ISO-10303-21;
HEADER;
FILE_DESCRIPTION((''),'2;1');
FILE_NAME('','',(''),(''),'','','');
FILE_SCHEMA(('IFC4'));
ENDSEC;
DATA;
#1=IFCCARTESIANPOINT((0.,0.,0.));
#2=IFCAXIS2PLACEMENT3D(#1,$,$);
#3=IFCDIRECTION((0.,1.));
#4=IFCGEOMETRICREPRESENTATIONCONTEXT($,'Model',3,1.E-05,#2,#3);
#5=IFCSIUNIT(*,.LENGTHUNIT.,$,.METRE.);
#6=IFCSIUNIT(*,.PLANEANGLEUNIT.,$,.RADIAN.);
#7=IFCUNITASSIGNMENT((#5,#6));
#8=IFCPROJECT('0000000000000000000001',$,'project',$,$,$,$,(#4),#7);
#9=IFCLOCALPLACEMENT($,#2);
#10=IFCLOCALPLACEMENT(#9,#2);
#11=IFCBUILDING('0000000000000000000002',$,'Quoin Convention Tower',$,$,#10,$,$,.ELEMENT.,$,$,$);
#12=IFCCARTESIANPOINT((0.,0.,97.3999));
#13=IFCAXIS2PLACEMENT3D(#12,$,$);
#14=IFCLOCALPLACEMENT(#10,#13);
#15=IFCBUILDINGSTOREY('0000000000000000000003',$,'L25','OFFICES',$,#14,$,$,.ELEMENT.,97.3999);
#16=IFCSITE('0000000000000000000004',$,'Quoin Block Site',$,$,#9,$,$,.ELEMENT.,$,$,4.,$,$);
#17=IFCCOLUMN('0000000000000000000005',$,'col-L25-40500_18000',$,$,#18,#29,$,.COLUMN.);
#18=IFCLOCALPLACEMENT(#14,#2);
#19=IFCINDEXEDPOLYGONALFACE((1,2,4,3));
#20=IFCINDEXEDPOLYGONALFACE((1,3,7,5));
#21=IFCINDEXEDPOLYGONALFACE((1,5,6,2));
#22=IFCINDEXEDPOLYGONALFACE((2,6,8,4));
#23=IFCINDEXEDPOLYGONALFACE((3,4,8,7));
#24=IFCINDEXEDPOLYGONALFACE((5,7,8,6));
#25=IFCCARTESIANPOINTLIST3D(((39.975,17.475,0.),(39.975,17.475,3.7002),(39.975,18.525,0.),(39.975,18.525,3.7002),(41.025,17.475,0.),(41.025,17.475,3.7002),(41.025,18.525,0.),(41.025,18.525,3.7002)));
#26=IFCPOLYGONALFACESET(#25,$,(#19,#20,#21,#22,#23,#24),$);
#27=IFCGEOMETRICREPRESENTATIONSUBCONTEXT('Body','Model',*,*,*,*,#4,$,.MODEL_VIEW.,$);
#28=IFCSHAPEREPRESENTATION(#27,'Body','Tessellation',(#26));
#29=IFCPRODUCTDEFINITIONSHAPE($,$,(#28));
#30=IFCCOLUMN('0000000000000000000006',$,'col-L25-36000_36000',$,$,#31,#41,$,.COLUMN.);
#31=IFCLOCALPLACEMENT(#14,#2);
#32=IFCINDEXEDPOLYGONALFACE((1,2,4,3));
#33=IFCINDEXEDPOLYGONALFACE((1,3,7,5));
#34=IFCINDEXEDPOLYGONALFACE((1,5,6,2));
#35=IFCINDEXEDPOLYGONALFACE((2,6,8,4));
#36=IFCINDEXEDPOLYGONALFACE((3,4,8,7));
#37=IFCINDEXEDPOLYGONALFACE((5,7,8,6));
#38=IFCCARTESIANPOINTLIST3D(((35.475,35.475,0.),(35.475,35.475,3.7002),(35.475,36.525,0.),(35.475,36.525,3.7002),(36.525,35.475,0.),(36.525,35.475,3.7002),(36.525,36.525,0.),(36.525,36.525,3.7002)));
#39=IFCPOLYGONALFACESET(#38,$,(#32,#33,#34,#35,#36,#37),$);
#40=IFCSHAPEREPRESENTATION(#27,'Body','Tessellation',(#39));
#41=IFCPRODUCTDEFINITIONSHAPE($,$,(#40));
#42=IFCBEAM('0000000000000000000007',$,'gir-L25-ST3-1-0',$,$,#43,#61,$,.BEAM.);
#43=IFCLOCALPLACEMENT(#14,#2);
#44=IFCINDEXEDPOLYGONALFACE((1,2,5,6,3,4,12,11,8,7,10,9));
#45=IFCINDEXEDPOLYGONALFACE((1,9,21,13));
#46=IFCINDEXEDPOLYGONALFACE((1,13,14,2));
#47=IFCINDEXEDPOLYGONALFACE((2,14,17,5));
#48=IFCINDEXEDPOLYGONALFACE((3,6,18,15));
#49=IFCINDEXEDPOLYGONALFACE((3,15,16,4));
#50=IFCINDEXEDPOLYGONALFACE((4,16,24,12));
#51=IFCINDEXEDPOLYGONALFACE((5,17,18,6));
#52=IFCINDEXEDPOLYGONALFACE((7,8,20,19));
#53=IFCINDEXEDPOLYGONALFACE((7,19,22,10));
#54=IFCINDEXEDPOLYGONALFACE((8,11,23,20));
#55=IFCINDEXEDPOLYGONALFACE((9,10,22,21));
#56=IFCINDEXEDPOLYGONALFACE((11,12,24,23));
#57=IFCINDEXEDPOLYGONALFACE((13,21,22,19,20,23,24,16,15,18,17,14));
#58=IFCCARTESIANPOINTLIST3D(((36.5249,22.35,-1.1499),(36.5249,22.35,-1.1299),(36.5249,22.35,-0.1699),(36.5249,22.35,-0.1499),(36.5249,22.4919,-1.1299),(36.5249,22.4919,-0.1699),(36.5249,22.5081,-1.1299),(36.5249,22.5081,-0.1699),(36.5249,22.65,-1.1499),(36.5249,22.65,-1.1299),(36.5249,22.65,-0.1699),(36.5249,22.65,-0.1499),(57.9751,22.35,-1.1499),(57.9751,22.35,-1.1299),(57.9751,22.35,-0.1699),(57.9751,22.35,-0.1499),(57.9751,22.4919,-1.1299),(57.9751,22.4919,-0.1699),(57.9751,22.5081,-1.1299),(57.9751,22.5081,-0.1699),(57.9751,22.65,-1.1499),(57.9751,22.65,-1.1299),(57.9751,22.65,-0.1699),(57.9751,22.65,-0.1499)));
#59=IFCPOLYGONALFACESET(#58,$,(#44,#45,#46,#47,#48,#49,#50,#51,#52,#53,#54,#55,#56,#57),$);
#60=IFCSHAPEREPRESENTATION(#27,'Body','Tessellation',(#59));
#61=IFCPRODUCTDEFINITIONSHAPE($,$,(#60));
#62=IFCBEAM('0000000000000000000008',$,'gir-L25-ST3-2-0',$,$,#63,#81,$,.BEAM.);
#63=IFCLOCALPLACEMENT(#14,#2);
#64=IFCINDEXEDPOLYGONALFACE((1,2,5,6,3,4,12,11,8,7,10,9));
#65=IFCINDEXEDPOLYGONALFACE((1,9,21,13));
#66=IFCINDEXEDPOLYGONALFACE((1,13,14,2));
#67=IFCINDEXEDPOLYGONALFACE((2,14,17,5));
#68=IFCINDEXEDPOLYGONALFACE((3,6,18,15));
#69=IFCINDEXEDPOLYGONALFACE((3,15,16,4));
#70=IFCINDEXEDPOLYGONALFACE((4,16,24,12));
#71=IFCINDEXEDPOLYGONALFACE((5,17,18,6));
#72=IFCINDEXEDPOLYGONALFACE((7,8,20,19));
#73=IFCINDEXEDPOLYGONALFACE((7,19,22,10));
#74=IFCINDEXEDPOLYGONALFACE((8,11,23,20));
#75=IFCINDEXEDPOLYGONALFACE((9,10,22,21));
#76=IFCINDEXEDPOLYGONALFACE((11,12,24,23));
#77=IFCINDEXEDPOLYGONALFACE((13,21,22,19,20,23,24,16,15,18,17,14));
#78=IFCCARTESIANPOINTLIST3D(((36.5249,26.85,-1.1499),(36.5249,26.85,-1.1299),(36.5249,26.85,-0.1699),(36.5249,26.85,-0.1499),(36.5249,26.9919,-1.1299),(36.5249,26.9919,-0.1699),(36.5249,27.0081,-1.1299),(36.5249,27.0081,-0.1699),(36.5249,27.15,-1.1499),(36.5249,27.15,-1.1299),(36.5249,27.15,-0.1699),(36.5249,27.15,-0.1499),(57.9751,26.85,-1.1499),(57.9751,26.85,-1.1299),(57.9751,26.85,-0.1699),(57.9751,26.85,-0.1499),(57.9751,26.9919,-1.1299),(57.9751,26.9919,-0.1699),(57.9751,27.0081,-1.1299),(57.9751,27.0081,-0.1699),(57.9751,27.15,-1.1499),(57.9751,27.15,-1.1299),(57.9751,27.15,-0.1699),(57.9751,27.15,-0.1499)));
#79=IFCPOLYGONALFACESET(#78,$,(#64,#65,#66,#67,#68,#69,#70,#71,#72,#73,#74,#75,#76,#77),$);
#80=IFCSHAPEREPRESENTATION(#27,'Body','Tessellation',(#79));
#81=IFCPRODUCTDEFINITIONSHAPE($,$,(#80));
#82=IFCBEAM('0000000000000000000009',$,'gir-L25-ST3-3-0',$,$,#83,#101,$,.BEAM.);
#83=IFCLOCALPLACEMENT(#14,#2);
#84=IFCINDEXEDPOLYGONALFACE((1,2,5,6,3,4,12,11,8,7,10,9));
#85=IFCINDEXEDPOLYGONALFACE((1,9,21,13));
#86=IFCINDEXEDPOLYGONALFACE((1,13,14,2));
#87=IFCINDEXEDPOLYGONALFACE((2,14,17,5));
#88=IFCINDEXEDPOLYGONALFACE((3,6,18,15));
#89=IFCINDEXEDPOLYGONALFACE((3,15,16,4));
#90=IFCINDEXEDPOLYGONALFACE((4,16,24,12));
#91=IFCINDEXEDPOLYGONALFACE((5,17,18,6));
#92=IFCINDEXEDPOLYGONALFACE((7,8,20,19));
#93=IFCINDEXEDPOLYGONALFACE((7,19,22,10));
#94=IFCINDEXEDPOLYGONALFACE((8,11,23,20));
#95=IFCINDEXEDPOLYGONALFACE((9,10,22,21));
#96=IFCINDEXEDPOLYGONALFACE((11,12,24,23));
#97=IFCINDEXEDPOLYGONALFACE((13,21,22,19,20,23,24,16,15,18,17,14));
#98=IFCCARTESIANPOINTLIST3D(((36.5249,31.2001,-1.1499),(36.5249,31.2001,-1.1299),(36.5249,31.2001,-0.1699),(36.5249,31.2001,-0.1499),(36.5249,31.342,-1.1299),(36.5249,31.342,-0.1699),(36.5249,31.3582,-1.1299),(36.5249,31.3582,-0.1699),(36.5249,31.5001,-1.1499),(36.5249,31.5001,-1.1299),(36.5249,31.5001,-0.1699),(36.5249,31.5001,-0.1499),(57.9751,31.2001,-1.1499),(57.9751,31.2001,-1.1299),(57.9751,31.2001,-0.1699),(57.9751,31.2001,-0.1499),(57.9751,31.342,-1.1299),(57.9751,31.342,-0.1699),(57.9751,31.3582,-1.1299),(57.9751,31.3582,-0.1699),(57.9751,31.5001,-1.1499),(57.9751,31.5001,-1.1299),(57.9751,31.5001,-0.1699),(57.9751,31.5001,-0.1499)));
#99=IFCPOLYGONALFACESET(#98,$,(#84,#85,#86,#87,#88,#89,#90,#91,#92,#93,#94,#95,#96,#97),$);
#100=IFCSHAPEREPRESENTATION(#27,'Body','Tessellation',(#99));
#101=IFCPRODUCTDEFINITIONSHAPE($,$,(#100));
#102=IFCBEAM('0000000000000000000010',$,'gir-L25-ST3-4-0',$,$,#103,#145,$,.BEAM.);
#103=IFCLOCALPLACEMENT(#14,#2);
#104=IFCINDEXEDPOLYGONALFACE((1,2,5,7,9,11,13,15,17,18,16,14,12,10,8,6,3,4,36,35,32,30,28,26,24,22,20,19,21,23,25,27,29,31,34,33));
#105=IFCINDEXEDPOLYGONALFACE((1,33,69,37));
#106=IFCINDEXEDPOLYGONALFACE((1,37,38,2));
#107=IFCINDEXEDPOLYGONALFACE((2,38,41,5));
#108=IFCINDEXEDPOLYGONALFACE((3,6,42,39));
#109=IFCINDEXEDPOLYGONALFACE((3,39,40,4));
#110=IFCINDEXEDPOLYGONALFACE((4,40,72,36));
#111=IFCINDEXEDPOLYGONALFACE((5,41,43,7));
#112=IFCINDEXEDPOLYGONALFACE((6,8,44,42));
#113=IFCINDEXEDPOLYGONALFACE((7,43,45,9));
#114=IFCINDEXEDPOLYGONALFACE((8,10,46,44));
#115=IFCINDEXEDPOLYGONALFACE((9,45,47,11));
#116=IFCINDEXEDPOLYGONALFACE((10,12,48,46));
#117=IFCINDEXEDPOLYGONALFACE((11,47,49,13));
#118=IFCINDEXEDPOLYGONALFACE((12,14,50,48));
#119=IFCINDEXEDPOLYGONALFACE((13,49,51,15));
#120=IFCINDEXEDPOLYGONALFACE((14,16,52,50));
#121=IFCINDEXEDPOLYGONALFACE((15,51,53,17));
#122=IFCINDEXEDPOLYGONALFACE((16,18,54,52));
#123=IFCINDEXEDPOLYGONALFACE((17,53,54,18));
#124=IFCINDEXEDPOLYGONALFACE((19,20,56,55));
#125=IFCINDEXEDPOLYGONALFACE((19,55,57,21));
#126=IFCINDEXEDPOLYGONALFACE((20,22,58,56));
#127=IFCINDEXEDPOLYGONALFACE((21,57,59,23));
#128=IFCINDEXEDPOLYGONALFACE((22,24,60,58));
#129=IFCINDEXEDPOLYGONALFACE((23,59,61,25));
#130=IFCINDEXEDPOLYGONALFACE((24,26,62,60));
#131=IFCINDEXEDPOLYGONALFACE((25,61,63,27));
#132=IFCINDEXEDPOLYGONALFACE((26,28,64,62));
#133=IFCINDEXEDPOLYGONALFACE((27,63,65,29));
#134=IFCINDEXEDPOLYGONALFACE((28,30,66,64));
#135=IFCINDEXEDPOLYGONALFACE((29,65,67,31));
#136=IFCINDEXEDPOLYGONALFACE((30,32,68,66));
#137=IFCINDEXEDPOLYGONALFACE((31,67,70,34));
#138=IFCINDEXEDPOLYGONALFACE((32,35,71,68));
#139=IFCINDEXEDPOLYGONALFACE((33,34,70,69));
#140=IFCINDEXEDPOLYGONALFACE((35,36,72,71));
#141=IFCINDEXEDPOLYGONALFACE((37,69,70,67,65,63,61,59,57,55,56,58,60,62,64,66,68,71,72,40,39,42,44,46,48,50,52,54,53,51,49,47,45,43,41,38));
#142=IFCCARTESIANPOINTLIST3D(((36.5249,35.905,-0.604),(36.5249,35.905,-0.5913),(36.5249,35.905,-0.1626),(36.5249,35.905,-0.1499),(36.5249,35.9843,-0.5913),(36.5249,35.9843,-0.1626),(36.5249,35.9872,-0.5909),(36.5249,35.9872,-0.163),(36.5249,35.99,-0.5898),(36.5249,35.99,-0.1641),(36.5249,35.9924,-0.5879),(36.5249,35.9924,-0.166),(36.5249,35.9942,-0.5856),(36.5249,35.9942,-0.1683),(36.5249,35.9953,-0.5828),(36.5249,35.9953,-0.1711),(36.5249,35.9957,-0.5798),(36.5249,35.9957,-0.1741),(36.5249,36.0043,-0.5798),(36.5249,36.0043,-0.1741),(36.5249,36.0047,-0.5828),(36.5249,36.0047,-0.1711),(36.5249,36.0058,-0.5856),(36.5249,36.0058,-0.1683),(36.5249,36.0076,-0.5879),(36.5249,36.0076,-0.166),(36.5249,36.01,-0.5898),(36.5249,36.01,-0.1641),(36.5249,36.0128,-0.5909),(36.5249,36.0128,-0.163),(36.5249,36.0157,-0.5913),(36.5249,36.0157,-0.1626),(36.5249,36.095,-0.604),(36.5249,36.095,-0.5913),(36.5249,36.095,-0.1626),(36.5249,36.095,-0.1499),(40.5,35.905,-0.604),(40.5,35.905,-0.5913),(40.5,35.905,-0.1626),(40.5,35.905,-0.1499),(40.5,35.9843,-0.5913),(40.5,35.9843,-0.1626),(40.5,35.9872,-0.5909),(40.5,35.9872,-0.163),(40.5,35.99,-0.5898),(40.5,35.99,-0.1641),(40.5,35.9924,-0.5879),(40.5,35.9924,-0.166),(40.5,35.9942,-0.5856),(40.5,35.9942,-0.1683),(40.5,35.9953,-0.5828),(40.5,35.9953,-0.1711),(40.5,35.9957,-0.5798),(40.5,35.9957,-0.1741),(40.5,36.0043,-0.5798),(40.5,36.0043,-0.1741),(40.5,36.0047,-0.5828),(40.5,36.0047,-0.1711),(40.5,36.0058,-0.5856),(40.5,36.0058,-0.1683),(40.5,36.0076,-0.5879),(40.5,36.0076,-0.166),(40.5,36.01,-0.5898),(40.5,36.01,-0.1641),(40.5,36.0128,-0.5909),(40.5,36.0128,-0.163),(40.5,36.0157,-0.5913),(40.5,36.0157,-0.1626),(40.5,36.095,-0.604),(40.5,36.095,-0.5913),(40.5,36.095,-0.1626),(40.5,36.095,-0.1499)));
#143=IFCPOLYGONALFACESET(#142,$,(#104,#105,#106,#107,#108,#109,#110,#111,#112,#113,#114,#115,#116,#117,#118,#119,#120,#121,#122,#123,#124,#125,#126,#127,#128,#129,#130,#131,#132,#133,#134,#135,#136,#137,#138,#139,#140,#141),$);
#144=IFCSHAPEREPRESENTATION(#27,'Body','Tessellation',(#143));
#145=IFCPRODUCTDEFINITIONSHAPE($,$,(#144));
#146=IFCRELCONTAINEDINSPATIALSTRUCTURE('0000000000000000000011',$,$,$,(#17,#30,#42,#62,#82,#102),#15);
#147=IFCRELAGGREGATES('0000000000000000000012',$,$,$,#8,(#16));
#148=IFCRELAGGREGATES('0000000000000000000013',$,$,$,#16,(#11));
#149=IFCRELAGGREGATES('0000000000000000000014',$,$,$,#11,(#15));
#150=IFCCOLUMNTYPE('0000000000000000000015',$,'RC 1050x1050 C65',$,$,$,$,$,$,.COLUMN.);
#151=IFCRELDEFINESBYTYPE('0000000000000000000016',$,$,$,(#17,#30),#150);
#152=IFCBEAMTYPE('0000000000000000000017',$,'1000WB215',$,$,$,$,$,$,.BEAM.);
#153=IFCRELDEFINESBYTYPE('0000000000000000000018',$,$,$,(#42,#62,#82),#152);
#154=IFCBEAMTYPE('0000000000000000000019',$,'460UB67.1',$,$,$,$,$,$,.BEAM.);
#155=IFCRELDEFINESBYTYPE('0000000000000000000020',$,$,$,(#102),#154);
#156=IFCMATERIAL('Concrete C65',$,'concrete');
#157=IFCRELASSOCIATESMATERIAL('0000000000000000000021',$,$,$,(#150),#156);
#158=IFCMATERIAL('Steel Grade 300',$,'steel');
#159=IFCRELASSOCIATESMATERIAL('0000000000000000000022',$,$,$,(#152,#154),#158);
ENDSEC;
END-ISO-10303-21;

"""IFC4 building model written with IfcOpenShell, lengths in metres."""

from ifc_helpers import new_model, si_unit, direction, frame, origin, origin_2d, place, context, subcontext, project, spatial, rectangle, i_section, extrude, material, material_profile, profile_set, type_object, element, save


model = new_model("IFC4")

# Units and contexts
model_context = context("Model", 3, precision=1e-05, world=origin(), true_north=direction((0.0, 1.0)))
body_context = subcontext(model_context, "Body", "Model", "MODEL_VIEW")
ifc_project = project(units=[si_unit("LENGTHUNIT", "METRE"), si_unit("PLANEANGLEUNIT", "RADIAN")], contexts=[model_context])

# Site, building, storey
site_placement = place(None, origin())
site = spatial("IfcSite", under=ifc_project, at=site_placement, Name="Quoin Block Site", CompositionType="ELEMENT", RefElevation=4.0)
building_placement = place(site_placement, origin())
building = spatial("IfcBuilding", under=site, at=building_placement, Name="Quoin Convention Tower", CompositionType="ELEMENT")
storey_placement = place(building_placement, frame((0.0, 0.0, 97.3999)))
storey = spatial("IfcBuildingStorey", under=building, at=storey_placement, Name="L25", Description="OFFICES", CompositionType="ELEMENT", Elevation=97.3999)

# Columns
ifc_material_1 = material(Name="Concrete C65", Category="concrete")
ifc_material_profile_1 = material_profile(ifc_material_1, rectangle(XDim=1.05, YDim=1.05, at=origin_2d()), Name="RC 1050x1050")
ifc_profile_set_1 = profile_set([ifc_material_profile_1], Name="Concrete C65")
column_type = type_object("IfcColumnType", Name="RC 1050x1050 C65", PredefinedType="COLUMN", material=ifc_profile_set_1)
for number, where, z_axis, x_axis, name in (
    (1, (40.5, 18.0, 0.0), (0.0, 0.0, 1.0), (1.0, 0.0, 0.0), "col-L25-40500_18000"),
    (2, (36.0, 36.0, 0.0), (0.0, 0.0, 1.0), (1.0, 0.0, 0.0), "col-L25-36000_36000"),
):
    element("IfcColumn", number, at=place(storey_placement, frame(where, z_axis=z_axis, x_axis=x_axis)), inside=storey, type_object=column_type, Name=name, PredefinedType="COLUMN", context=body_context, shape_type="SweptSolid", body=[
        extrude(rectangle(XDim=1.05, YDim=1.05, at=origin_2d()), origin(), (0.0, 0.0, 1.0), 3.7002),
    ])

# Beams
ifc_material_2 = material(Name="Steel Grade 300", Category="steel")
ifc_material_profile_2 = material_profile(ifc_material_2, i_section(OverallWidth=0.3, OverallDepth=1.0, WebThickness=0.0161, FlangeThickness=0.02, at=origin_2d()), Name="1000WB215")
ifc_profile_set_2 = profile_set([ifc_material_profile_2], Name="Steel Grade 300")
beam_type_1 = type_object("IfcBeamType", Name="1000WB215", PredefinedType="BEAM", material=ifc_profile_set_2)
for number, where, z_axis, x_axis, name in (
    (3, (36.5249, 22.5, -0.6499), (1.0, 0.0, 0.0), (0.0, 1.0, 0.0), "gir-L25-ST3-1-0"),
    (4, (36.5249, 27.0, -0.6499), (1.0, 0.0, 0.0), (0.0, 1.0, 0.0), "gir-L25-ST3-2-0"),
    (5, (36.5249, 31.3501, -0.6499), (1.0, 0.0, 0.0), (0.0, 1.0, 0.0), "gir-L25-ST3-3-0"),
):
    element("IfcBeam", number, at=place(storey_placement, frame(where, z_axis=z_axis, x_axis=x_axis)), inside=storey, type_object=beam_type_1, Name=name, PredefinedType="BEAM", context=body_context, shape_type="SweptSolid", body=[
        extrude(i_section(OverallWidth=0.3, OverallDepth=1.0, WebThickness=0.0161, FlangeThickness=0.02, at=origin_2d()), origin(), (0.0, 0.0, 1.0), 21.4502),
    ])
ifc_material_profile_3 = material_profile(ifc_material_2, i_section(OverallWidth=0.1899, OverallDepth=0.4541, WebThickness=0.0085, FlangeThickness=0.0127, FilletRadius=0.0115, at=origin_2d()), Name="460UB67.1")
ifc_profile_set_3 = profile_set([ifc_material_profile_3], Name="Steel Grade 300")
beam_type_2 = type_object("IfcBeamType", Name="460UB67.1", PredefinedType="BEAM", material=ifc_profile_set_3)
beam_1_placement = place(storey_placement, frame((36.5249, 36.0, -0.377), z_axis=(1.0, 0.0, 0.0), x_axis=(0.0, 1.0, 0.0)))
element("IfcBeam", 6, at=beam_1_placement, inside=storey, type_object=beam_type_2, Name="gir-L25-ST3-4-0", PredefinedType="BEAM", context=body_context, shape_type="SweptSolid", body=[
    extrude(i_section(OverallWidth=0.1899, OverallDepth=0.4541, WebThickness=0.0085, FlangeThickness=0.0127, FilletRadius=0.0115, at=origin_2d()), origin(), (0.0, 0.0, 1.0), 3.9751),
])

save(model, "model.ifc")
